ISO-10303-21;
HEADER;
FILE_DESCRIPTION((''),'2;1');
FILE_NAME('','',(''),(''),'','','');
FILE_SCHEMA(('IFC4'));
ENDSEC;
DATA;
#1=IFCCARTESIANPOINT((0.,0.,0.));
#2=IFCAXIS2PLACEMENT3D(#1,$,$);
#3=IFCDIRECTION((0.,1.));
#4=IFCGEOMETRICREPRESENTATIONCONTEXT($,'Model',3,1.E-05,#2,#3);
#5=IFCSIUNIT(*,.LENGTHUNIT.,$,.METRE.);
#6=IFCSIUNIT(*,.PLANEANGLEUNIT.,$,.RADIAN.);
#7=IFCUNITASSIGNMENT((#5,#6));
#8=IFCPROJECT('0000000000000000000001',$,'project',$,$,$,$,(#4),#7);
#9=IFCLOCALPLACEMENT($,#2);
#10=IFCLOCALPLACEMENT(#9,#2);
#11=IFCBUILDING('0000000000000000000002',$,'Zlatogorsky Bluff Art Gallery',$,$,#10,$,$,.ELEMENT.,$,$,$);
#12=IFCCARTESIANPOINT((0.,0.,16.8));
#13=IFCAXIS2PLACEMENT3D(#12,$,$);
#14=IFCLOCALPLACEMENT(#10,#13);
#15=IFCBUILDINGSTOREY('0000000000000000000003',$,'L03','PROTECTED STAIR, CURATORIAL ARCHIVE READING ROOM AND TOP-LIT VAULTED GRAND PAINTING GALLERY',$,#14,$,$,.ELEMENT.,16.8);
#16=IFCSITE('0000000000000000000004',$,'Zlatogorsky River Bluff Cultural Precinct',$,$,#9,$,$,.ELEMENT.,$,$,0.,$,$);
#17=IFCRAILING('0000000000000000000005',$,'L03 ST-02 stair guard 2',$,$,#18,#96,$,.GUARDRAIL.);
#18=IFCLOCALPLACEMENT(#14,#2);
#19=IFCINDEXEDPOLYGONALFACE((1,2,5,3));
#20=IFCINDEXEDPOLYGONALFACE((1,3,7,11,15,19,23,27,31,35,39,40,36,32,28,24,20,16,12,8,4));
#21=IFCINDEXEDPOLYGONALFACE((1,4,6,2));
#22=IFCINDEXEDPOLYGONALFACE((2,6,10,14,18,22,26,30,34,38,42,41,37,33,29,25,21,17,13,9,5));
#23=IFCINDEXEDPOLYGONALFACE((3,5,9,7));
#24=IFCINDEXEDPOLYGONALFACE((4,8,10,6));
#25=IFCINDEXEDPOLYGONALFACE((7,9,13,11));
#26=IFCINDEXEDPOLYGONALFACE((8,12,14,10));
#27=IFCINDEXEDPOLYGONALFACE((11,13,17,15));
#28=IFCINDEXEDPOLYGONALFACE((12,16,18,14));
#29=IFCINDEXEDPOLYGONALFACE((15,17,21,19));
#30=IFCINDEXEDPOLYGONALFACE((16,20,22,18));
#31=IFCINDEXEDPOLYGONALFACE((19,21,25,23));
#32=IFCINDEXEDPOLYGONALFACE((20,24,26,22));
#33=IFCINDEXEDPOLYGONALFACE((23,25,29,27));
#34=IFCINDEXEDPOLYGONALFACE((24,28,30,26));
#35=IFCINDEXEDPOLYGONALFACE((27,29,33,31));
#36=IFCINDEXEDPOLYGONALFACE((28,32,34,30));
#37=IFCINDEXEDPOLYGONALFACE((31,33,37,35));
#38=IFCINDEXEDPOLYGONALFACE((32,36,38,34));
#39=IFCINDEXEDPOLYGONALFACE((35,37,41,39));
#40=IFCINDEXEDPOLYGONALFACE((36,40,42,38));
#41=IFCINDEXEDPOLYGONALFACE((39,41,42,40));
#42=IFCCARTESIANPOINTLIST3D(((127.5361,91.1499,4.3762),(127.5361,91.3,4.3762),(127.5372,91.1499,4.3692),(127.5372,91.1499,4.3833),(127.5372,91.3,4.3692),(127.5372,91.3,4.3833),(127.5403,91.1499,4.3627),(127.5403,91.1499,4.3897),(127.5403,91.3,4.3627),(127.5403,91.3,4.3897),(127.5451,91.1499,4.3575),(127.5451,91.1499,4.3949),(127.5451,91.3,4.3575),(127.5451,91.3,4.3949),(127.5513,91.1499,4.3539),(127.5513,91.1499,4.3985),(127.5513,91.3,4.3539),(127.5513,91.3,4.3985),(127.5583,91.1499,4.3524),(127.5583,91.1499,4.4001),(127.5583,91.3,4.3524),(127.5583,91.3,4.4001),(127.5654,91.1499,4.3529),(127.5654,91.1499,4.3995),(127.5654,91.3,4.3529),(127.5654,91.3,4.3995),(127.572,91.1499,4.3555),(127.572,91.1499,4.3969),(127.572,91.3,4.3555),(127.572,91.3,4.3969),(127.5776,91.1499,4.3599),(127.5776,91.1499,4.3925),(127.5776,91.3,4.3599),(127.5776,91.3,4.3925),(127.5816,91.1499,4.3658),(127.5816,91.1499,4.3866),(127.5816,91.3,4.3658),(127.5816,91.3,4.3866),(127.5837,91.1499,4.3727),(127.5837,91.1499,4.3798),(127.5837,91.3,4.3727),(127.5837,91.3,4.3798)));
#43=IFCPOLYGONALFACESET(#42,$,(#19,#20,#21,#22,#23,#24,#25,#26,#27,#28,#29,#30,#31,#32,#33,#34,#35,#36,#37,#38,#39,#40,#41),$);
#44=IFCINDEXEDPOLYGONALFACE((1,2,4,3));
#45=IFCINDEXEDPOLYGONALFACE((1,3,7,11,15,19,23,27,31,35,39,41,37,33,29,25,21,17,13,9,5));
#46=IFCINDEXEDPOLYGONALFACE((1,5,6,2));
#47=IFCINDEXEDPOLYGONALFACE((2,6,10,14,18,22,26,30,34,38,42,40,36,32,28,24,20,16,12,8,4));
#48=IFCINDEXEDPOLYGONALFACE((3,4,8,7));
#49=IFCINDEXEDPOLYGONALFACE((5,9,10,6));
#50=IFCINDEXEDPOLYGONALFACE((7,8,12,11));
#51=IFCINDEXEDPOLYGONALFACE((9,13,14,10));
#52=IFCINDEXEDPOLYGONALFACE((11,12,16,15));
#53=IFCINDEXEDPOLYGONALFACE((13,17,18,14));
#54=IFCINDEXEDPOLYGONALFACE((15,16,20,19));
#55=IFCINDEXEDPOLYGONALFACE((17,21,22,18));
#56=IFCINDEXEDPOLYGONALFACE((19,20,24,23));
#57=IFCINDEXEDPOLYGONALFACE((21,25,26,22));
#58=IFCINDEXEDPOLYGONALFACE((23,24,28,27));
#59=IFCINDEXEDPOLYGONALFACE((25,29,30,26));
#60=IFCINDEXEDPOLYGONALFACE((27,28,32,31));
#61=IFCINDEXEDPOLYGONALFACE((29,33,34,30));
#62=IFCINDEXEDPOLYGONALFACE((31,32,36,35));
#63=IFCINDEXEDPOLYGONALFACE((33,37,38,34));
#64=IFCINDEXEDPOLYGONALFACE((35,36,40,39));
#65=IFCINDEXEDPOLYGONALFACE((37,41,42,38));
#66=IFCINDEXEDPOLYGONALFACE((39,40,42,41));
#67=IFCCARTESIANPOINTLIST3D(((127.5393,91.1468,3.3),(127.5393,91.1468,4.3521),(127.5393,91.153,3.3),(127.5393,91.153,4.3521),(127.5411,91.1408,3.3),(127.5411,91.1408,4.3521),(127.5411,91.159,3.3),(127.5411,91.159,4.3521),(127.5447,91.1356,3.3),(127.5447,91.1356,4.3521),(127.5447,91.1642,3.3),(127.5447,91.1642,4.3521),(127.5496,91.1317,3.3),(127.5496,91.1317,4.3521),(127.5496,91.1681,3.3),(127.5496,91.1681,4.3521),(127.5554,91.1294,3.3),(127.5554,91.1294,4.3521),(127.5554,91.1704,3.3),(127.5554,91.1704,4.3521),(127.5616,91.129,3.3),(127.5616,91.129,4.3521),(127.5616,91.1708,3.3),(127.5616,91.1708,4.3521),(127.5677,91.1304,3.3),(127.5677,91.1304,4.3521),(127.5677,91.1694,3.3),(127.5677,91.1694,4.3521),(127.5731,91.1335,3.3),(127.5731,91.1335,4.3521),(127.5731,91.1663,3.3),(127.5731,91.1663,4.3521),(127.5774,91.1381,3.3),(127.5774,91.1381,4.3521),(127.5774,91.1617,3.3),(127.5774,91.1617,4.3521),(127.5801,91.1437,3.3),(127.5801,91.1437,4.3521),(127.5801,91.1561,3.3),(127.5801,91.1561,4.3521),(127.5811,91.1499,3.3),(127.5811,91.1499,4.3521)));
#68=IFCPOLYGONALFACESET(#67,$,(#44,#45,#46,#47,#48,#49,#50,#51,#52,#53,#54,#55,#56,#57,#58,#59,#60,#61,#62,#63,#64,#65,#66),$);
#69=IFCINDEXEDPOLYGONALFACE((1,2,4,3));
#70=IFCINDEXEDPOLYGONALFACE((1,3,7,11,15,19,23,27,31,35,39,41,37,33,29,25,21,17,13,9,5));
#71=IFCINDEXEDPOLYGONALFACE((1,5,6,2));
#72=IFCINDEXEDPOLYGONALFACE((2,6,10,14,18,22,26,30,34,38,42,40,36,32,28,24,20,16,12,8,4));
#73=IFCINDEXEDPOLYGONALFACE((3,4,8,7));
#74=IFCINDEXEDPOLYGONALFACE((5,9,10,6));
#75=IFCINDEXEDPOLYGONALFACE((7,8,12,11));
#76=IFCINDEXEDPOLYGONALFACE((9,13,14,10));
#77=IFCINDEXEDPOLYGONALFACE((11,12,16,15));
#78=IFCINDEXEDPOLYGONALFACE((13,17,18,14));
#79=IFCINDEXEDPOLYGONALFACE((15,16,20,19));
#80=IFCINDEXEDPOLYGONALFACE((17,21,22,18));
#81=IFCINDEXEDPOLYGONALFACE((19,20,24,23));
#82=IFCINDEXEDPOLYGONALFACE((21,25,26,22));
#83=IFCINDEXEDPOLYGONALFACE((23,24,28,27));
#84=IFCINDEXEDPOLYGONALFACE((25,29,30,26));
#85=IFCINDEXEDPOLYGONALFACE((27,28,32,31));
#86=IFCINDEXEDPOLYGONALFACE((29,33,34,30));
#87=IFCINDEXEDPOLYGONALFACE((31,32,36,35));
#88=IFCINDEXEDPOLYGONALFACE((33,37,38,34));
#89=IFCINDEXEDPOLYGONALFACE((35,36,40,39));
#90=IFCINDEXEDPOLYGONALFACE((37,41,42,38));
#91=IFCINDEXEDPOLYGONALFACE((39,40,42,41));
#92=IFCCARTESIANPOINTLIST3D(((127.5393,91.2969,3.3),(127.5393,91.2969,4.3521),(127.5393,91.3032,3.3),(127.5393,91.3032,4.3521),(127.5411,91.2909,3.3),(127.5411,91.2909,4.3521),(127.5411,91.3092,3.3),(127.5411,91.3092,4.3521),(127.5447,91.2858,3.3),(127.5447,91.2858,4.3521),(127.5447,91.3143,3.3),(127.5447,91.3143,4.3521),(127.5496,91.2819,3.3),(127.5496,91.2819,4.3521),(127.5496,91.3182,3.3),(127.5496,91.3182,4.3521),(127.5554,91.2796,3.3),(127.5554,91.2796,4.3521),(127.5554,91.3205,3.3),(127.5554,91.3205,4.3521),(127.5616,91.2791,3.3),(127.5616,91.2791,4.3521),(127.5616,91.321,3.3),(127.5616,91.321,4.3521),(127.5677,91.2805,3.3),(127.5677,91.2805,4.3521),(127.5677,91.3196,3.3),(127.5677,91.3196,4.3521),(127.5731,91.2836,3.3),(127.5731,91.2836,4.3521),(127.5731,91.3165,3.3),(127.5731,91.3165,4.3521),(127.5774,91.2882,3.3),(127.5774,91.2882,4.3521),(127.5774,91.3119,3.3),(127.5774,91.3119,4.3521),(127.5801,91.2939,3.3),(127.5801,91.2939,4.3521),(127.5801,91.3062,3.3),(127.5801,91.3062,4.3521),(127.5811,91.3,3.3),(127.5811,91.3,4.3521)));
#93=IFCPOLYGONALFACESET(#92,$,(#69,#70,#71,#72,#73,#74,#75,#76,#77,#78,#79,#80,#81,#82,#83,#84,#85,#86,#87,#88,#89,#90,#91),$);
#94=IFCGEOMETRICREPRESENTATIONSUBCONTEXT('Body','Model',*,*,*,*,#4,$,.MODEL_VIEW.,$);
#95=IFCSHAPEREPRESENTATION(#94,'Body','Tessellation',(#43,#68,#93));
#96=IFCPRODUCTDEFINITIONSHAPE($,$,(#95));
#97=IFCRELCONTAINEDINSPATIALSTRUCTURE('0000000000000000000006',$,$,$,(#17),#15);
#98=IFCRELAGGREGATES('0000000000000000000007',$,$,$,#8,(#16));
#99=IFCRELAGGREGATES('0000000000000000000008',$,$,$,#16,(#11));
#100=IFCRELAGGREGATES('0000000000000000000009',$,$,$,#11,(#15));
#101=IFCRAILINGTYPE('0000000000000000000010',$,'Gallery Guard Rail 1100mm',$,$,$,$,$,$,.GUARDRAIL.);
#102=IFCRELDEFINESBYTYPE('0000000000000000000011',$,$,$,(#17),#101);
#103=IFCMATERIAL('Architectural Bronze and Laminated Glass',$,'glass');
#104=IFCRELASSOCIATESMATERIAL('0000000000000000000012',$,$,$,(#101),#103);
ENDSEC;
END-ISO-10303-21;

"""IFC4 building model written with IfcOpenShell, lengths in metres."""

from ifc_helpers import new_model, si_unit, direction, frame, origin, origin_2d, place, context, subcontext, project, spatial, circle, extrude, material, type_object, element, save


model = new_model("IFC4")

# Units and contexts
model_context = context("Model", 3, precision=1e-05, world=origin(), true_north=direction((0.0, 1.0)))
body_context = subcontext(model_context, "Body", "Model", "MODEL_VIEW")
ifc_project = project(units=[si_unit("LENGTHUNIT", "METRE"), si_unit("PLANEANGLEUNIT", "RADIAN")], contexts=[model_context])

# Site, building, storey
site_placement = place(None, origin())
site = spatial("IfcSite", under=ifc_project, at=site_placement, Name="Zlatogorsky River Bluff Cultural Precinct", CompositionType="ELEMENT", RefElevation=0.0)
building_placement = place(site_placement, origin())
building = spatial("IfcBuilding", under=site, at=building_placement, Name="Zlatogorsky Bluff Art Gallery", CompositionType="ELEMENT")
storey_placement = place(building_placement, frame((0.0, 0.0, 16.8)))
storey = spatial("IfcBuildingStorey", under=building, at=storey_placement, Name="L03", Description="PROTECTED STAIR, CURATORIAL ARCHIVE READING ROOM AND TOP-LIT VAULTED GRAND PAINTING GALLERY", CompositionType="ELEMENT", Elevation=16.8)

# Railing
ifc_material_1 = material(Name="Architectural Bronze and Laminated Glass", Category="glass")
railing_type_1 = type_object("IfcRailingType", Name="Gallery Guard Rail 1100mm", PredefinedType="GUARDRAIL", material=ifc_material_1)
railing_1_placement = place(storey_placement, frame((127.5601, 91.1499, 3.3)))
element("IfcRailing", 1, at=railing_1_placement, inside=storey, type_object=railing_type_1, Name="L03 ST-02 stair guard 2", PredefinedType="GUARDRAIL", context=body_context, shape_type="SweptSolid", body=[
    extrude(circle(Radius=0.0239, at=origin_2d()), frame((0.0, 0.0, 1.0762), z_axis=(0.0, 1.0, 0.0), x_axis=(-1.0, 0.0, 0.0)), (0.0, 0.0, 1.0), 0.1501),
    extrude(circle(Radius=0.021, at=origin_2d()), origin(), (0.0, 0.0, 1.0), 1.052),
    extrude(circle(Radius=0.021, at=origin_2d()), frame((0.0, 0.1501, 0.0)), (0.0, 0.0, 1.0), 1.052),
])

save(model, "model.ifc")
